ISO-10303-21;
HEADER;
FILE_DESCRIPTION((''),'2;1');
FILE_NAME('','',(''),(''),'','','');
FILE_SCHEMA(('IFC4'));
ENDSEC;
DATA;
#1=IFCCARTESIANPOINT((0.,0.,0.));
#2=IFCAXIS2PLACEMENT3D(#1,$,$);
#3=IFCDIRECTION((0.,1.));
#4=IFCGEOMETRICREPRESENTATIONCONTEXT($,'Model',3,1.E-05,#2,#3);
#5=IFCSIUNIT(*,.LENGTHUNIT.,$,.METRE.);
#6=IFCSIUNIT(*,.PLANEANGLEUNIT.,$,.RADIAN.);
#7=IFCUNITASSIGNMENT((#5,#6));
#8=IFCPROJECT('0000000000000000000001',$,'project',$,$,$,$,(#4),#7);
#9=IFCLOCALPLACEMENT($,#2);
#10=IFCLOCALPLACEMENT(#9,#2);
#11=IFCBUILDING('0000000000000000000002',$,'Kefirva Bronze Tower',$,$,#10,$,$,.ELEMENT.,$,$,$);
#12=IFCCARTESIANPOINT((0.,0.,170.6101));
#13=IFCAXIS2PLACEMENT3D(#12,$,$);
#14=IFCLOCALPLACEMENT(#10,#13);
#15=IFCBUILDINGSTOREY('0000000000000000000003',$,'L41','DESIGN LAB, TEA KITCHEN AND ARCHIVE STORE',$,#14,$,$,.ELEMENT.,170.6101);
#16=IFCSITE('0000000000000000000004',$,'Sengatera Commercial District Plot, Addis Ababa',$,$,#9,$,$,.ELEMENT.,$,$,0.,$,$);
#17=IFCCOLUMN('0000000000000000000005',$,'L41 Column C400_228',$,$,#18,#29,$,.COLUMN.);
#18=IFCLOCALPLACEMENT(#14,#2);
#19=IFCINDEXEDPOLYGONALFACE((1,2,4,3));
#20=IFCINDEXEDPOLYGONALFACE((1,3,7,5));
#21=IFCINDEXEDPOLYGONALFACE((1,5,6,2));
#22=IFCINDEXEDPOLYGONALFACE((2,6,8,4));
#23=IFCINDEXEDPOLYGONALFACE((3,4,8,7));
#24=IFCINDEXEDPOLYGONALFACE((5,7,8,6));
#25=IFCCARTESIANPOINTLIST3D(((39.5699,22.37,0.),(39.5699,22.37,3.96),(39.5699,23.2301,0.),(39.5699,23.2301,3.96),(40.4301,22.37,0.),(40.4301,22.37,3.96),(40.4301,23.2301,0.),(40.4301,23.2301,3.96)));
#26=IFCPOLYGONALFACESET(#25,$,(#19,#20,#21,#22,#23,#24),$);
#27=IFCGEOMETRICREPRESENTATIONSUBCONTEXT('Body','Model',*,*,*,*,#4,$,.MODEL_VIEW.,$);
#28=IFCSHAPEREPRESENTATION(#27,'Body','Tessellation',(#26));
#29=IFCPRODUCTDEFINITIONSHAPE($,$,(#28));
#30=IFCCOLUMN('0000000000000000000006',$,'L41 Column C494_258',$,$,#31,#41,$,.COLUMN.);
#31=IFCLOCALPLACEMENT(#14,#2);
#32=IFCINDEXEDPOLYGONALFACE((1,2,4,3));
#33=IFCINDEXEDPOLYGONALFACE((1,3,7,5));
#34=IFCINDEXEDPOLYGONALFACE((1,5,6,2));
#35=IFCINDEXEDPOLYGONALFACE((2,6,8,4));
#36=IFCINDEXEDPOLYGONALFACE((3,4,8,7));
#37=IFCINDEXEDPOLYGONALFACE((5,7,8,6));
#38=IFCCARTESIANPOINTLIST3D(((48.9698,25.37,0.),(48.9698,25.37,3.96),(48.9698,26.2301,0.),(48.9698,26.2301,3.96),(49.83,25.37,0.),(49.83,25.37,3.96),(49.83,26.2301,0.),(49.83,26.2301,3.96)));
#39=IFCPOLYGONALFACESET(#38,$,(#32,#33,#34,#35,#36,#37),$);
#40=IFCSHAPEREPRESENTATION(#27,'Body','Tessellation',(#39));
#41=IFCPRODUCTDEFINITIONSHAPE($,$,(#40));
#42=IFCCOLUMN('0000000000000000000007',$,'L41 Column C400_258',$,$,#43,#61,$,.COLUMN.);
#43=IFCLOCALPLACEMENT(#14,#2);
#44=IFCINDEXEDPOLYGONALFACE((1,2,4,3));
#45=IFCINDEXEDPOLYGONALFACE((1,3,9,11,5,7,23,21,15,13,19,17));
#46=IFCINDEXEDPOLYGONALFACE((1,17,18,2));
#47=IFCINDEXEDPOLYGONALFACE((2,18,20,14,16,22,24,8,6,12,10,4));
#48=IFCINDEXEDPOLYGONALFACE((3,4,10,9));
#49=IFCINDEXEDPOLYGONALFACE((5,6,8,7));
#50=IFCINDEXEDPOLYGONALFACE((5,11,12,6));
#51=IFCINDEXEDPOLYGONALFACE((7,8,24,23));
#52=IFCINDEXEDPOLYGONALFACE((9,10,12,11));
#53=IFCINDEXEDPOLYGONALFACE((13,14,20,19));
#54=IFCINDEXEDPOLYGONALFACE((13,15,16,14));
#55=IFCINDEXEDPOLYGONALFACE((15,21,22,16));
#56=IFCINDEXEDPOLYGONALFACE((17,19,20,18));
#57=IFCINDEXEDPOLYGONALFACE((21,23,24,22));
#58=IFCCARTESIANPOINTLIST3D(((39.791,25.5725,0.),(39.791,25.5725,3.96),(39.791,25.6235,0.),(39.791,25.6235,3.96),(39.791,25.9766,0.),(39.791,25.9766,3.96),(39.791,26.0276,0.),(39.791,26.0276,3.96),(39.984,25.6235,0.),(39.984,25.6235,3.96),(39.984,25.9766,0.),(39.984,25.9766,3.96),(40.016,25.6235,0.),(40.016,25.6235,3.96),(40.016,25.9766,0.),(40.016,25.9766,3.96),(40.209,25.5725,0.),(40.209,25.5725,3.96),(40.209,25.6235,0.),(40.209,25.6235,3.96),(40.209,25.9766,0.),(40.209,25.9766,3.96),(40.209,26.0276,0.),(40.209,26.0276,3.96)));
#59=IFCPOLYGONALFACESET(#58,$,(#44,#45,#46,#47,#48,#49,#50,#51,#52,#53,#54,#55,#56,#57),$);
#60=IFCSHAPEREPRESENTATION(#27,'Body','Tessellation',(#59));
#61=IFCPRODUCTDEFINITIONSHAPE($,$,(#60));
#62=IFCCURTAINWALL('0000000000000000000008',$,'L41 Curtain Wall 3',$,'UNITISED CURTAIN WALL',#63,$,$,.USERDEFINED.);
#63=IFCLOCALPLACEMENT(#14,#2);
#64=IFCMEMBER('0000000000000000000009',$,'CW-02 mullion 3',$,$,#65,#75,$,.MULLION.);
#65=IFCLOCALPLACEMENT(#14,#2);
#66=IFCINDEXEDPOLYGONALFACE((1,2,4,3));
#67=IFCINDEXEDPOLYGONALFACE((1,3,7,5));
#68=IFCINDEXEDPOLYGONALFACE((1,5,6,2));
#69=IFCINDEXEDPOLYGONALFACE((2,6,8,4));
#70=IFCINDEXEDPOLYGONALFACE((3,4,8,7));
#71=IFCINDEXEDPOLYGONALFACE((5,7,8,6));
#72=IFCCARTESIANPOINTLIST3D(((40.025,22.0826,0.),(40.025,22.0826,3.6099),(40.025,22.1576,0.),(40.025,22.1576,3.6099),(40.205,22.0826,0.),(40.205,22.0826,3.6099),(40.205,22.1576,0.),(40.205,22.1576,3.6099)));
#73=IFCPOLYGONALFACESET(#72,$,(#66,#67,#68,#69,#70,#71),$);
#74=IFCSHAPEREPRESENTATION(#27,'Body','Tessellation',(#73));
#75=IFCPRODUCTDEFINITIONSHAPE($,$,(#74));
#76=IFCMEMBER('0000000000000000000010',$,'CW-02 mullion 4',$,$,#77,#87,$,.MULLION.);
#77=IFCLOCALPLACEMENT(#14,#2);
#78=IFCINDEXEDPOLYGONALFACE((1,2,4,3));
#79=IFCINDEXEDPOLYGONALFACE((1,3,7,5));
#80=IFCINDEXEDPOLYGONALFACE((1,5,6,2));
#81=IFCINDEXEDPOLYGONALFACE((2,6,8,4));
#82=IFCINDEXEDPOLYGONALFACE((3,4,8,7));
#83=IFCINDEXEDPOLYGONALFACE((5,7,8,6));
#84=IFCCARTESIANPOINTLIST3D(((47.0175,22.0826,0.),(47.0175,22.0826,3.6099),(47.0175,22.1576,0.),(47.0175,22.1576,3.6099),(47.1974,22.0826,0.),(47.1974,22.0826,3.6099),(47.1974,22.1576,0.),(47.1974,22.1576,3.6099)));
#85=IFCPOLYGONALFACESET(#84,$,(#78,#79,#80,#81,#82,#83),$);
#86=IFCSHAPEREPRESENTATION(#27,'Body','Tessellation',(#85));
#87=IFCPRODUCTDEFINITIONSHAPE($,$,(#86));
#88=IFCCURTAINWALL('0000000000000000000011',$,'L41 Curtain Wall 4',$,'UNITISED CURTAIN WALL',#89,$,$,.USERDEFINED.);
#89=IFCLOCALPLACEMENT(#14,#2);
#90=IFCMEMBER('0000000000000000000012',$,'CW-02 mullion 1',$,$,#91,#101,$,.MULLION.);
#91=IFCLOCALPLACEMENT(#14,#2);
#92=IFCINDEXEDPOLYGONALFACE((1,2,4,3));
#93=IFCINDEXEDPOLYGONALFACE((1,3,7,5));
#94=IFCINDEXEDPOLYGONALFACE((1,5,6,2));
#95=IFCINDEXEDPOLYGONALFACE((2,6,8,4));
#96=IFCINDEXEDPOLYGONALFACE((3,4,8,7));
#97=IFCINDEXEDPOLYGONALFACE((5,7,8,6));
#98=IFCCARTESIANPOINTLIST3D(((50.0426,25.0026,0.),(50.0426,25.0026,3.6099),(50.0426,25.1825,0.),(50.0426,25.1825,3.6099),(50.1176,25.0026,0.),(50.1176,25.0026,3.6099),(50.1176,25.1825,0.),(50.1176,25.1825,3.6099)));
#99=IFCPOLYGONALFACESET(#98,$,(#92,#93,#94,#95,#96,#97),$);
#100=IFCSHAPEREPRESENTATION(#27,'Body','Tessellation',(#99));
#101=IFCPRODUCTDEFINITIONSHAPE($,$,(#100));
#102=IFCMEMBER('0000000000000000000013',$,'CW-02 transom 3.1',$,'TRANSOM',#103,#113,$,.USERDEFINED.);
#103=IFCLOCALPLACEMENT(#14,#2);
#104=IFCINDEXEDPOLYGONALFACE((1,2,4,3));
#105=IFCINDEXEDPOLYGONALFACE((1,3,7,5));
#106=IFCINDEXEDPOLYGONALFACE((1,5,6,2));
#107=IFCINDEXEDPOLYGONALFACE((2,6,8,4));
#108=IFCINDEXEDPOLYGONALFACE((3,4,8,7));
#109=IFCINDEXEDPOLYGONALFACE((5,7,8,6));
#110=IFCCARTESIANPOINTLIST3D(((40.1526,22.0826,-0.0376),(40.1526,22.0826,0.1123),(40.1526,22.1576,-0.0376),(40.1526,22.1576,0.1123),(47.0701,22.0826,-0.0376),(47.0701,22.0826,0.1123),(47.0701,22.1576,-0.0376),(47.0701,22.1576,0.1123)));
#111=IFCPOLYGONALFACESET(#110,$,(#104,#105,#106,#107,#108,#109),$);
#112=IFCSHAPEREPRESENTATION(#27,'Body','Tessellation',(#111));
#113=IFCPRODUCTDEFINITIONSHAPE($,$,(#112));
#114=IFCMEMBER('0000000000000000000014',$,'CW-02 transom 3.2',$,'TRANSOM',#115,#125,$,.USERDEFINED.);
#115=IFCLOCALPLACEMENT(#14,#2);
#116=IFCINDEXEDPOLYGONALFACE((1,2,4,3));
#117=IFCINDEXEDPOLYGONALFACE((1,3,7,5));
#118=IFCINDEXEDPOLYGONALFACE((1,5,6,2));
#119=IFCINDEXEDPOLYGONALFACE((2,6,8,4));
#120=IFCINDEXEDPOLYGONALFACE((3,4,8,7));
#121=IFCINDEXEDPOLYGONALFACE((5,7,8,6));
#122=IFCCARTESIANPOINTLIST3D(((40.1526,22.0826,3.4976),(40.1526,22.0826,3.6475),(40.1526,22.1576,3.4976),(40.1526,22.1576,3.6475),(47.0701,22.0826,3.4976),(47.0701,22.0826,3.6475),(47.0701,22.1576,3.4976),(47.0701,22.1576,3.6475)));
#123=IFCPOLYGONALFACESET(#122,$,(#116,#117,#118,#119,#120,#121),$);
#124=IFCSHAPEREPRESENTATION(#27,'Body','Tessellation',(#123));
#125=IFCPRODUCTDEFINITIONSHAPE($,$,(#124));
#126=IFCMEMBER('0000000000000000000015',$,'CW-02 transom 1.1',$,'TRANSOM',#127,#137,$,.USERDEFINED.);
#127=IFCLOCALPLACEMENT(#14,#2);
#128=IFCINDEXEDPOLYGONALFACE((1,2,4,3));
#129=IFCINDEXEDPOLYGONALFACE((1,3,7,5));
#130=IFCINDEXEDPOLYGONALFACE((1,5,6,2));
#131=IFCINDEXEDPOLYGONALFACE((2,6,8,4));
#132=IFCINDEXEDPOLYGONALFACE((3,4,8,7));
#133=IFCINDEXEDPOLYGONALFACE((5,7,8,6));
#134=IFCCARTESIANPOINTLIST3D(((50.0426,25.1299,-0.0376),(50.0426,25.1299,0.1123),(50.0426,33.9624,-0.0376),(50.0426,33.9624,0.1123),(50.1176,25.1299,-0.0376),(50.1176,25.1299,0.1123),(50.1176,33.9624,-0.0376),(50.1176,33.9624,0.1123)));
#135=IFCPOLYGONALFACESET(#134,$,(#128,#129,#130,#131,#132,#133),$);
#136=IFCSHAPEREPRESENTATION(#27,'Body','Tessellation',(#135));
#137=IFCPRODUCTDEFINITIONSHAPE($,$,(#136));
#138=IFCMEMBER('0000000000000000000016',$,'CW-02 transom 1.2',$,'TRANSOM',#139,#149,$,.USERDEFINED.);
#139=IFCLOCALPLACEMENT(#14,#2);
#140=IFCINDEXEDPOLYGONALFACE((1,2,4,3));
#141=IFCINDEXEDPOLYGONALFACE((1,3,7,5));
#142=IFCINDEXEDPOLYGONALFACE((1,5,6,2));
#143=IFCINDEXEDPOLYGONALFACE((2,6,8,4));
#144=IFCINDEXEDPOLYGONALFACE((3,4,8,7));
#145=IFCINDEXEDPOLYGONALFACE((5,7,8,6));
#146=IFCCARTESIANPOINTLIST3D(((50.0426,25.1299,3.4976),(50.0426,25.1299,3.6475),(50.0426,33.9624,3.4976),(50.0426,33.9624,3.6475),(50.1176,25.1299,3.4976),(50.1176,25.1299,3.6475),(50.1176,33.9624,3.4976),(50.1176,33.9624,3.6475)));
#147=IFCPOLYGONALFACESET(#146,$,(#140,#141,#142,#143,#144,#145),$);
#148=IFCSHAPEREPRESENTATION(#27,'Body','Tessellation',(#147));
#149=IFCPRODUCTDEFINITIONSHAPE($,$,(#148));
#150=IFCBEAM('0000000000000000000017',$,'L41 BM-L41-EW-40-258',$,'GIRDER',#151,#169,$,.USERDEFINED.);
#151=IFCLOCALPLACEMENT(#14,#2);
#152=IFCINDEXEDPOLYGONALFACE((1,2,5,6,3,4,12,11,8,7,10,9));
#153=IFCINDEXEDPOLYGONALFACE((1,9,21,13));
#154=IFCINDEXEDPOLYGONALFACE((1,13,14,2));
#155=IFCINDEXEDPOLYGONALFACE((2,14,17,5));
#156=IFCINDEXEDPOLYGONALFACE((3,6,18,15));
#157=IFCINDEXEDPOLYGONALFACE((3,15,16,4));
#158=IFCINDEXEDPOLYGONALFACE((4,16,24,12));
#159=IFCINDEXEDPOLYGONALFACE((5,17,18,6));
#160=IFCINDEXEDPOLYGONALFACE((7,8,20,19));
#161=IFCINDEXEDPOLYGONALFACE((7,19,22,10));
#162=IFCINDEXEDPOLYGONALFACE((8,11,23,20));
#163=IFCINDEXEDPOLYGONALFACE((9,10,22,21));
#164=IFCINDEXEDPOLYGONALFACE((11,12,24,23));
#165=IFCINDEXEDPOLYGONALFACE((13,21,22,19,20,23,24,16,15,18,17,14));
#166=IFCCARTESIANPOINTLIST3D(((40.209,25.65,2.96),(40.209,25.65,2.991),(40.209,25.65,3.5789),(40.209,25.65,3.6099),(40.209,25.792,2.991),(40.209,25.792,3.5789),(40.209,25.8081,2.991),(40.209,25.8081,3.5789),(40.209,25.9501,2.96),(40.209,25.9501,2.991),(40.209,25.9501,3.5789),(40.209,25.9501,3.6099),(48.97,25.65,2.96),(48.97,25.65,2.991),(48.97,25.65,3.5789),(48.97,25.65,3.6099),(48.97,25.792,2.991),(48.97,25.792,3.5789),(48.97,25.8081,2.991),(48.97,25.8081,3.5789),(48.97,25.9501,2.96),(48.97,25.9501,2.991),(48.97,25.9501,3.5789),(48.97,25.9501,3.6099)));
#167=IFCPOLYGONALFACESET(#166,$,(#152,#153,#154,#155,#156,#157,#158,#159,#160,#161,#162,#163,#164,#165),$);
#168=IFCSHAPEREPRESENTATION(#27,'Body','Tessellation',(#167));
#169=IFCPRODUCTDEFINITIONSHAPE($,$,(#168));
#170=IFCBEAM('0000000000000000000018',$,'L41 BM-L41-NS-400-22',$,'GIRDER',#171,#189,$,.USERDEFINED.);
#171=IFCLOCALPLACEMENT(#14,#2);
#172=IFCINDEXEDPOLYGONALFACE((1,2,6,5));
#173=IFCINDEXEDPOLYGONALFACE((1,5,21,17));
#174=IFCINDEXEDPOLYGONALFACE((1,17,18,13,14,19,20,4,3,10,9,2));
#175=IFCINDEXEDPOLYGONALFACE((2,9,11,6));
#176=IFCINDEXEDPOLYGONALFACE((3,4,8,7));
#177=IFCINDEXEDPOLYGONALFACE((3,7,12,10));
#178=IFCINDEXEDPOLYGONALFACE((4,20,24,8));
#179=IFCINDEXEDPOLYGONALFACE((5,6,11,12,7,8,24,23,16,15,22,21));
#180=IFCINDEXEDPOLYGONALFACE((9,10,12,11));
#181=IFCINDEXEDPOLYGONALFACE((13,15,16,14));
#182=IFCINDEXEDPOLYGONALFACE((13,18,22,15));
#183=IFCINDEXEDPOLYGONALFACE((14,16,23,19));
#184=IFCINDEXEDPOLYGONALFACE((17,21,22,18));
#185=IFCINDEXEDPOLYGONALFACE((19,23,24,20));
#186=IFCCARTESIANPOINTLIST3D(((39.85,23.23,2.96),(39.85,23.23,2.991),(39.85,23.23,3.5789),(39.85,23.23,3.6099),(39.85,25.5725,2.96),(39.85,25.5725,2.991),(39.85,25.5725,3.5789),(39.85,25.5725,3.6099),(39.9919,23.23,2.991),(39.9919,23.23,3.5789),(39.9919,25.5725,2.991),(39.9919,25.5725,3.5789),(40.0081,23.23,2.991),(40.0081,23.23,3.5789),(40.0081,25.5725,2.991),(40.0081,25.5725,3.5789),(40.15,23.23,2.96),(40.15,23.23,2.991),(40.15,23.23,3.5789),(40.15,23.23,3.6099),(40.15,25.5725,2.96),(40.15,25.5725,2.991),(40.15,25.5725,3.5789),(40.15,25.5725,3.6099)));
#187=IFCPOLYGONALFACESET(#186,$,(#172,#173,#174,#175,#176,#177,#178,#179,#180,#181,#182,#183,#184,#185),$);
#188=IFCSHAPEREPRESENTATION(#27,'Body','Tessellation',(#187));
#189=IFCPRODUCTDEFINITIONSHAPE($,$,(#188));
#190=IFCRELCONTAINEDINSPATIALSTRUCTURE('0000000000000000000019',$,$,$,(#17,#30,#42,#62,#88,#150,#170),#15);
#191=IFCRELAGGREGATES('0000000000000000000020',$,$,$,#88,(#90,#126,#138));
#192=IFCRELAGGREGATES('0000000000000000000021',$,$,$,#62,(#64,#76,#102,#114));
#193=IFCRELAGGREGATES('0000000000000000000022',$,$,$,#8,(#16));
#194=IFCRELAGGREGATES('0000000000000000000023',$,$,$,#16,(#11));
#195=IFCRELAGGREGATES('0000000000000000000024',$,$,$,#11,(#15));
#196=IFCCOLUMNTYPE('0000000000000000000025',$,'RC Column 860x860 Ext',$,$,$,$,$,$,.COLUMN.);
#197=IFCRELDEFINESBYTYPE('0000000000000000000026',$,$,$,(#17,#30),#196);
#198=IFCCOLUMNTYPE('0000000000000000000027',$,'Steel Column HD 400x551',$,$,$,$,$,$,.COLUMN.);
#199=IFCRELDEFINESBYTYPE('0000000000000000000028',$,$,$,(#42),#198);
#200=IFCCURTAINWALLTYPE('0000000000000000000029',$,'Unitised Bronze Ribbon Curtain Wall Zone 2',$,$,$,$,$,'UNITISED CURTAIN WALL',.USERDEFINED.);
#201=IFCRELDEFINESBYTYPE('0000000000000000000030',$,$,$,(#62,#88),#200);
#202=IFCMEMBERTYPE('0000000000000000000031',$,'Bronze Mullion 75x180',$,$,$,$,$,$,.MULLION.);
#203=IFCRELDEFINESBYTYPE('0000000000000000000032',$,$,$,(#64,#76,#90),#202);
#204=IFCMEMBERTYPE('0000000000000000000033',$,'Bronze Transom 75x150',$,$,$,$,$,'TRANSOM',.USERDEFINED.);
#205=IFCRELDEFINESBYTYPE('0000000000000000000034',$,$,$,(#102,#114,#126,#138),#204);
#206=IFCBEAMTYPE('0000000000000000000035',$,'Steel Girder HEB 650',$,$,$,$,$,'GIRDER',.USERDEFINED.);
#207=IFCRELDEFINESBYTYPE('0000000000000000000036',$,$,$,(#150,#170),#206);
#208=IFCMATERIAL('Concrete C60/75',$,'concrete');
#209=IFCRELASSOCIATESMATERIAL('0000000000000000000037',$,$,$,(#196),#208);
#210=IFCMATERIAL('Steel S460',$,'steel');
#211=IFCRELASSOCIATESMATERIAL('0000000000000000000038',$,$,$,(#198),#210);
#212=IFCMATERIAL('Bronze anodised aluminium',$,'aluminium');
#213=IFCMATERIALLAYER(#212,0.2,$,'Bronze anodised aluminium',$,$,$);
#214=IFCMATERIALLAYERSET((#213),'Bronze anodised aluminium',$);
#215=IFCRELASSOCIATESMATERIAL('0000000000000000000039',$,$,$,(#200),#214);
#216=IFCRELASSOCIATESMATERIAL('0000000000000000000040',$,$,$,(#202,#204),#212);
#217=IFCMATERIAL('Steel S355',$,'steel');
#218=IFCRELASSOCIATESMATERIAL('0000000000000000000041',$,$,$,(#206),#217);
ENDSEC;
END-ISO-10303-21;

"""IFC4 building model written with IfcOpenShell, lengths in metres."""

from ifc_helpers import new_model, si_unit, direction, frame, origin, origin_2d, place, context, subcontext, project, spatial, rectangle, i_section, extrude, material, layer, layer_set, material_profile, profile_set, type_object, element, aggregate, save


model = new_model("IFC4")

# Units and contexts
model_context = context("Model", 3, precision=1e-05, world=origin(), true_north=direction((0.0, 1.0)))
body_context = subcontext(model_context, "Body", "Model", "MODEL_VIEW")
ifc_project = project(units=[si_unit("LENGTHUNIT", "METRE"), si_unit("PLANEANGLEUNIT", "RADIAN")], contexts=[model_context])

# Site, building, storey
site_placement = place(None, origin())
site = spatial("IfcSite", under=ifc_project, at=site_placement, Name="Sengatera Commercial District Plot, Addis Ababa", CompositionType="ELEMENT", RefElevation=0.0)
building_placement = place(site_placement, origin())
building = spatial("IfcBuilding", under=site, at=building_placement, Name="Kefirva Bronze Tower", CompositionType="ELEMENT")
storey_placement = place(building_placement, frame((0.0, 0.0, 170.6101)))
storey = spatial("IfcBuildingStorey", under=building, at=storey_placement, Name="L41", Description="DESIGN LAB, TEA KITCHEN AND ARCHIVE STORE", CompositionType="ELEMENT", Elevation=170.6101)

# Columns
ifc_material_1 = material(Name="Concrete C60/75", Category="concrete")
ifc_material_profile_1 = material_profile(ifc_material_1, rectangle(XDim=0.8601, YDim=0.8601, at=origin_2d()), Name="RC 860x860")
ifc_profile_set_1 = profile_set([ifc_material_profile_1], Name="Concrete C60/75")
column_type_1 = type_object("IfcColumnType", Name="RC Column 860x860 Ext", PredefinedType="COLUMN", material=ifc_profile_set_1)
for number, where, z_axis, x_axis, name in (
    (1, (40.0, 22.8, 0.0), (0.0, 0.0, 1.0), (1.0, 0.0, 0.0), "L41 Column C400_228"),
    (2, (49.3999, 25.8, 0.0), (0.0, 0.0, 1.0), (1.0, 0.0, 0.0), "L41 Column C494_258"),
):
    element("IfcColumn", number, at=place(storey_placement, frame(where, z_axis=z_axis, x_axis=x_axis)), inside=storey, type_object=column_type_1, Name=name, PredefinedType="COLUMN", context=body_context, shape_type="SweptSolid", body=[
        extrude(rectangle(XDim=0.8601, YDim=0.8601, at=origin_2d()), origin(), (0.0, 0.0, 1.0), 3.96),
    ])
ifc_material_2 = material(Name="Steel S460", Category="steel")
ifc_material_profile_2 = material_profile(ifc_material_2, i_section(OverallWidth=0.418, OverallDepth=0.4551, WebThickness=0.032, FlangeThickness=0.051, at=origin_2d()), Name="HD 400x551")
ifc_profile_set_2 = profile_set([ifc_material_profile_2], Name="Steel S460")
column_type_2 = type_object("IfcColumnType", Name="Steel Column HD 400x551", PredefinedType="COLUMN", material=ifc_profile_set_2)
column_placement = place(storey_placement, frame((40.0, 25.8, 0.0), z_axis=(0.0, 0.0, 1.0), x_axis=(1.0, 0.0, 0.0)))
element("IfcColumn", 3, at=column_placement, inside=storey, type_object=column_type_2, Name="L41 Column C400_258", PredefinedType="COLUMN", context=body_context, shape_type="SweptSolid", body=[
    extrude(i_section(OverallWidth=0.418, OverallDepth=0.4551, WebThickness=0.032, FlangeThickness=0.051, at=origin_2d()), origin(), (0.0, 0.0, 1.0), 3.96),
])

# Curtain wall, members
ifc_material_3 = material(Name="Bronze anodised aluminium", Category="aluminium")
ifc_layer_1 = layer(ifc_material_3, 0.2, Name="Bronze anodised aluminium")
ifc_layer_set_1 = layer_set([ifc_layer_1], Name="Bronze anodised aluminium")
curtain_wall_type = type_object("IfcCurtainWallType", Name="Unitised Bronze Ribbon Curtain Wall Zone 2", ElementType="UNITISED CURTAIN WALL", PredefinedType="USERDEFINED", material=ifc_layer_set_1)
curtain_wall_1_placement = place(storey_placement, origin())
curtain_wall_1 = element("IfcCurtainWall", 4, at=curtain_wall_1_placement, inside=storey, type_object=curtain_wall_type, Name="L41 Curtain Wall 3", ObjectType="UNITISED CURTAIN WALL", PredefinedType="USERDEFINED")
ifc_material_profile_3 = material_profile(ifc_material_3, rectangle(XDim=0.075, YDim=0.1799, at=origin_2d()), Name="ALU 75x180")
ifc_profile_set_3 = profile_set([ifc_material_profile_3], Name="Bronze anodised aluminium")
member_type_1 = type_object("IfcMemberType", Name="Bronze Mullion 75x180", PredefinedType="MULLION", material=ifc_profile_set_3)
member_1_placement = place(storey_placement, frame((40.115, 22.1201, 0.0), z_axis=(0.0, 0.0, 1.0), x_axis=(0.0, 1.0, 0.0)))
member_1 = element("IfcMember", 5, at=member_1_placement, type_object=member_type_1, Name="CW-02 mullion 3", PredefinedType="MULLION", context=body_context, shape_type="SweptSolid", body=[
    extrude(rectangle(XDim=0.075, YDim=0.1799, at=origin_2d()), origin(), (0.0, 0.0, 1.0), 3.6099),
])
member_2_placement = place(storey_placement, frame((47.1074, 22.1201, 0.0), z_axis=(0.0, 0.0, 1.0), x_axis=(0.0, 1.0, 0.0)))
member_2 = element("IfcMember", 6, at=member_2_placement, type_object=member_type_1, Name="CW-02 mullion 4", PredefinedType="MULLION", context=body_context, shape_type="SweptSolid", body=[
    extrude(rectangle(XDim=0.075, YDim=0.1799, at=origin_2d()), origin(), (0.0, 0.0, 1.0), 3.6099),
])

# Curtain wall, member
curtain_wall_2_placement = place(storey_placement, origin())
curtain_wall_2 = element("IfcCurtainWall", 7, at=curtain_wall_2_placement, inside=storey, type_object=curtain_wall_type, Name="L41 Curtain Wall 4", ObjectType="UNITISED CURTAIN WALL", PredefinedType="USERDEFINED")
member_3_placement = place(storey_placement, frame((50.0801, 25.0925, 0.0), z_axis=(0.0, 0.0, 1.0), x_axis=(-1.0, 0.0, 0.0)))
member_3 = element("IfcMember", 8, at=member_3_placement, type_object=member_type_1, Name="CW-02 mullion 1", PredefinedType="MULLION", context=body_context, shape_type="SweptSolid", body=[
    extrude(rectangle(XDim=0.075, YDim=0.1799, at=origin_2d()), origin(), (0.0, 0.0, 1.0), 3.6099),
])

# Members
ifc_material_profile_4 = material_profile(ifc_material_3, rectangle(XDim=0.075, YDim=0.1499, at=origin_2d()), Name="ALU 75x150")
ifc_profile_set_4 = profile_set([ifc_material_profile_4], Name="Bronze anodised aluminium")
member_type_2 = type_object("IfcMemberType", Name="Bronze Transom 75x150", ElementType="TRANSOM", PredefinedType="USERDEFINED", material=ifc_profile_set_4)
member_4_placement = place(storey_placement, frame((40.1526, 22.1201, 0.0374), z_axis=(1.0, 0.0, 0.0), x_axis=(0.0, 1.0, 0.0)))
member_4 = element("IfcMember", 9, at=member_4_placement, type_object=member_type_2, Name="CW-02 transom 3.1", ObjectType="TRANSOM", PredefinedType="USERDEFINED", context=body_context, shape_type="SweptSolid", body=[
    extrude(rectangle(XDim=0.075, YDim=0.1499, at=origin_2d()), origin(), (0.0, 0.0, 1.0), 6.9175),
])
member_5_placement = place(storey_placement, frame((40.1526, 22.1201, 3.5725), z_axis=(1.0, 0.0, 0.0), x_axis=(0.0, 1.0, 0.0)))
member_5 = element("IfcMember", 10, at=member_5_placement, type_object=member_type_2, Name="CW-02 transom 3.2", ObjectType="TRANSOM", PredefinedType="USERDEFINED", context=body_context, shape_type="SweptSolid", body=[
    extrude(rectangle(XDim=0.075, YDim=0.1499, at=origin_2d()), origin(), (0.0, 0.0, 1.0), 6.9175),
])
member_6_placement = place(storey_placement, frame((50.0801, 25.1299, 0.0374), z_axis=(0.0, 1.0, 0.0), x_axis=(-1.0, 0.0, 0.0)))
member_6 = element("IfcMember", 11, at=member_6_placement, type_object=member_type_2, Name="CW-02 transom 1.1", ObjectType="TRANSOM", PredefinedType="USERDEFINED", context=body_context, shape_type="SweptSolid", body=[
    extrude(rectangle(XDim=0.075, YDim=0.1499, at=origin_2d()), origin(), (0.0, 0.0, 1.0), 8.8325),
])
member_7_placement = place(storey_placement, frame((50.0801, 25.1299, 3.5725), z_axis=(0.0, 1.0, 0.0), x_axis=(-1.0, 0.0, 0.0)))
member_7 = element("IfcMember", 12, at=member_7_placement, type_object=member_type_2, Name="CW-02 transom 1.2", ObjectType="TRANSOM", PredefinedType="USERDEFINED", context=body_context, shape_type="SweptSolid", body=[
    extrude(rectangle(XDim=0.075, YDim=0.1499, at=origin_2d()), origin(), (0.0, 0.0, 1.0), 8.8325),
])
aggregate(curtain_wall_2, [member_3, member_6, member_7])

# Beams
ifc_material_4 = material(Name="Steel S355", Category="steel")
ifc_material_profile_5 = material_profile(ifc_material_4, i_section(OverallWidth=0.3, OverallDepth=0.6499, WebThickness=0.0161, FlangeThickness=0.031, at=origin_2d()), Name="HEB 650")
ifc_profile_set_5 = profile_set([ifc_material_profile_5], Name="Steel S355")
beam_type = type_object("IfcBeamType", Name="Steel Girder HEB 650", ElementType="GIRDER", PredefinedType="USERDEFINED", material=ifc_profile_set_5)
beam_1_placement = place(storey_placement, frame((40.209, 25.8, 3.2849), z_axis=(1.0, 0.0, 0.0), x_axis=(0.0, 1.0, 0.0)))
element("IfcBeam", 13, at=beam_1_placement, inside=storey, type_object=beam_type, Name="L41 BM-L41-EW-40-258", ObjectType="GIRDER", PredefinedType="USERDEFINED", context=body_context, shape_type="SweptSolid", body=[
    extrude(i_section(OverallWidth=0.3, OverallDepth=0.6499, WebThickness=0.0161, FlangeThickness=0.031, at=origin_2d()), origin(), (0.0, 0.0, 1.0), 8.761),
])
beam_2_placement = place(storey_placement, frame((40.0, 23.23, 3.2849), z_axis=(0.0, 1.0, 0.0), x_axis=(-1.0, 0.0, 0.0)))
element("IfcBeam", 14, at=beam_2_placement, inside=storey, type_object=beam_type, Name="L41 BM-L41-NS-400-22", ObjectType="GIRDER", PredefinedType="USERDEFINED", context=body_context, shape_type="SweptSolid", body=[
    extrude(i_section(OverallWidth=0.3, OverallDepth=0.6499, WebThickness=0.0161, FlangeThickness=0.031, at=origin_2d()), origin(), (0.0, 0.0, 1.0), 2.3425),
])

aggregate(curtain_wall_1, [member_1, member_2, member_4, member_5])

save(model, "model.ifc")
